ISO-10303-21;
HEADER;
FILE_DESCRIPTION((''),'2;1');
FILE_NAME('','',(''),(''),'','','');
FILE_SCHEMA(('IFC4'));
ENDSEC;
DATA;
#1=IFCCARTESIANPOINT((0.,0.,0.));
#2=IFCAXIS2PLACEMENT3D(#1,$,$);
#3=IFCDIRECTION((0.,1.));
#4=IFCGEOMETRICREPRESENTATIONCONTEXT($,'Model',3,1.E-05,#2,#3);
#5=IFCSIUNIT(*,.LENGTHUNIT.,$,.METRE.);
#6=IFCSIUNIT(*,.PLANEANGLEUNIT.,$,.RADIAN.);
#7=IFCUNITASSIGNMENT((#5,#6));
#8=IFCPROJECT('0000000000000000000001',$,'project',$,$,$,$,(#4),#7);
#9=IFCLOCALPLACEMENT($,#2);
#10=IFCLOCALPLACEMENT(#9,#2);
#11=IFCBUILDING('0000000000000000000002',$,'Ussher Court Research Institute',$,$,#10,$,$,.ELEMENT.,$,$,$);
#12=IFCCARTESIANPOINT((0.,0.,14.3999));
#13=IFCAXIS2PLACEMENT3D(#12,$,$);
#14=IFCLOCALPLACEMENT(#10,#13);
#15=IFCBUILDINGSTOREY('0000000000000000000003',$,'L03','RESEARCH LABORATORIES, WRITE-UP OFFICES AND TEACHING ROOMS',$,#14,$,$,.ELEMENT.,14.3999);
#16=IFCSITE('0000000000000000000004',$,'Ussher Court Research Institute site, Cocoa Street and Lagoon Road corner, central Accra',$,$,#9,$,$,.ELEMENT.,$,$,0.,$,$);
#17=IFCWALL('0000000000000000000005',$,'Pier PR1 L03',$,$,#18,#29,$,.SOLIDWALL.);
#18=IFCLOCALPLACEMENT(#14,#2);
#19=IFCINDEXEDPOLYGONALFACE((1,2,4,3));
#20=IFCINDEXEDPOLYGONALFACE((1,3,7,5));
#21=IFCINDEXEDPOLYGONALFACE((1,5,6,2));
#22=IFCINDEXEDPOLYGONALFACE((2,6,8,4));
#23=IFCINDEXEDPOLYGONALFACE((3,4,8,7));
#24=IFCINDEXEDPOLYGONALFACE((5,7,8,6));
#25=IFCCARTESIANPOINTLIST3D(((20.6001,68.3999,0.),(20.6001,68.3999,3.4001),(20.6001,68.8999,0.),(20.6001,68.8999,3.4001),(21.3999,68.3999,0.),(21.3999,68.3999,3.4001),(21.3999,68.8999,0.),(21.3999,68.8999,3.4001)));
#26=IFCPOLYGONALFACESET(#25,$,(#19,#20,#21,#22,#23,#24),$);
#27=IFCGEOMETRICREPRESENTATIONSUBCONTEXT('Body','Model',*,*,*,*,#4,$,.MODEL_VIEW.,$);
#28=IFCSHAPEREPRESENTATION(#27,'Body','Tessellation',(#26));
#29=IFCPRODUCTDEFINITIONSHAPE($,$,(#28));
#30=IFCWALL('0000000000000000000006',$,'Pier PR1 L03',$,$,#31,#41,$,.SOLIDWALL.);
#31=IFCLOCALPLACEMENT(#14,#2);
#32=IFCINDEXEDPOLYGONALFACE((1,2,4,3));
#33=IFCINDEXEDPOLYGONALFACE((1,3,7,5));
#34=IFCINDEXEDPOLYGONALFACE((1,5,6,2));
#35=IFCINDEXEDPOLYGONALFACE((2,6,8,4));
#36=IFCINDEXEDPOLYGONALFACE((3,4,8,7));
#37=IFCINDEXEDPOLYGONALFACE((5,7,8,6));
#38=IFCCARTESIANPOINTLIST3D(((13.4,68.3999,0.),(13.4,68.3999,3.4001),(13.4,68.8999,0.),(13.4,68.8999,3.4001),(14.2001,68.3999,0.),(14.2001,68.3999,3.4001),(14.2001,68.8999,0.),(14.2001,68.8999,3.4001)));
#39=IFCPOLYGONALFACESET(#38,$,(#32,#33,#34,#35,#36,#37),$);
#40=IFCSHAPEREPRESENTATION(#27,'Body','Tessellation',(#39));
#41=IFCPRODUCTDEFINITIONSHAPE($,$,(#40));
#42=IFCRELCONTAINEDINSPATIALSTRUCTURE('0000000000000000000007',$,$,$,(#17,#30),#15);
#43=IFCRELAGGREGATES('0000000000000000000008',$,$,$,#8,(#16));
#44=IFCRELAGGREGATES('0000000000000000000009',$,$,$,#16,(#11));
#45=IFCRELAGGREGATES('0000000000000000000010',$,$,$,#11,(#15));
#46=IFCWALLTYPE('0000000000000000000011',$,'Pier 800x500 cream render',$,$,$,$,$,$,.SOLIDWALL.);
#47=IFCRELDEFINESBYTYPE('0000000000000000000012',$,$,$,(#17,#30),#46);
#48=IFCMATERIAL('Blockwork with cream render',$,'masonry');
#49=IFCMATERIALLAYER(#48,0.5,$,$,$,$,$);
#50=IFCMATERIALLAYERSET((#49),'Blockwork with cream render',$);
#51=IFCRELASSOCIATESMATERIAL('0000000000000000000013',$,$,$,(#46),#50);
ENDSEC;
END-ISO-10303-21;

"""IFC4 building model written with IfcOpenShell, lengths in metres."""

from ifc_helpers import new_model, si_unit, direction, frame, frame_2d, origin, place, context, subcontext, project, spatial, rectangle, extrude, material, layer, layer_set, type_object, element, save


model = new_model("IFC4")

# Units and contexts
model_context = context("Model", 3, precision=1e-05, world=origin(), true_north=direction((0.0, 1.0)))
body_context = subcontext(model_context, "Body", "Model", "MODEL_VIEW")
ifc_project = project(units=[si_unit("LENGTHUNIT", "METRE"), si_unit("PLANEANGLEUNIT", "RADIAN")], contexts=[model_context])

# Site, building, storey
site_placement = place(None, origin())
site = spatial("IfcSite", under=ifc_project, at=site_placement, Name="Ussher Court Research Institute site, Cocoa Street and Lagoon Road corner, central Accra", CompositionType="ELEMENT", RefElevation=0.0)
building_placement = place(site_placement, origin())
building = spatial("IfcBuilding", under=site, at=building_placement, Name="Ussher Court Research Institute", CompositionType="ELEMENT")
storey_placement = place(building_placement, frame((0.0, 0.0, 14.3999)))
storey = spatial("IfcBuildingStorey", under=building, at=storey_placement, Name="L03", Description="RESEARCH LABORATORIES, WRITE-UP OFFICES AND TEACHING ROOMS", CompositionType="ELEMENT", Elevation=14.3999)

# Walls
ifc_material_1 = material(Name="Blockwork with cream render", Category="masonry")
ifc_layer_1 = layer(ifc_material_1, 0.5)
ifc_layer_set_1 = layer_set([ifc_layer_1], Name="Blockwork with cream render")
wall_type_1 = type_object("IfcWallType", Name="Pier 800x500 cream render", PredefinedType="SOLIDWALL", material=ifc_layer_set_1)
wall_1_placement = place(storey_placement, frame((21.3999, 68.6499, 0.0), z_axis=(0.0, 0.0, 1.0), x_axis=(-1.0, 0.0, 0.0)))
element("IfcWall", 1, at=wall_1_placement, inside=storey, type_object=wall_type_1, Name="Pier PR1 L03", PredefinedType="SOLIDWALL", context=body_context, shape_type="SweptSolid", body=[
    extrude(rectangle(XDim=0.7998, YDim=0.5, at=frame_2d((0.3999, 0.0))), origin(), (0.0, 0.0, 1.0), 3.4001),
])
wall_2_placement = place(storey_placement, frame((14.2, 68.6499, 0.0), z_axis=(0.0, 0.0, 1.0), x_axis=(-1.0, 0.0, 0.0)))
element("IfcWall", 2, at=wall_2_placement, inside=storey, type_object=wall_type_1, Name="Pier PR1 L03", PredefinedType="SOLIDWALL", context=body_context, shape_type="SweptSolid", body=[
    extrude(rectangle(XDim=0.8, YDim=0.5, at=frame_2d((0.3999, 0.0))), origin(), (0.0, 0.0, 1.0), 3.4001),
])

save(model, "model.ifc")
